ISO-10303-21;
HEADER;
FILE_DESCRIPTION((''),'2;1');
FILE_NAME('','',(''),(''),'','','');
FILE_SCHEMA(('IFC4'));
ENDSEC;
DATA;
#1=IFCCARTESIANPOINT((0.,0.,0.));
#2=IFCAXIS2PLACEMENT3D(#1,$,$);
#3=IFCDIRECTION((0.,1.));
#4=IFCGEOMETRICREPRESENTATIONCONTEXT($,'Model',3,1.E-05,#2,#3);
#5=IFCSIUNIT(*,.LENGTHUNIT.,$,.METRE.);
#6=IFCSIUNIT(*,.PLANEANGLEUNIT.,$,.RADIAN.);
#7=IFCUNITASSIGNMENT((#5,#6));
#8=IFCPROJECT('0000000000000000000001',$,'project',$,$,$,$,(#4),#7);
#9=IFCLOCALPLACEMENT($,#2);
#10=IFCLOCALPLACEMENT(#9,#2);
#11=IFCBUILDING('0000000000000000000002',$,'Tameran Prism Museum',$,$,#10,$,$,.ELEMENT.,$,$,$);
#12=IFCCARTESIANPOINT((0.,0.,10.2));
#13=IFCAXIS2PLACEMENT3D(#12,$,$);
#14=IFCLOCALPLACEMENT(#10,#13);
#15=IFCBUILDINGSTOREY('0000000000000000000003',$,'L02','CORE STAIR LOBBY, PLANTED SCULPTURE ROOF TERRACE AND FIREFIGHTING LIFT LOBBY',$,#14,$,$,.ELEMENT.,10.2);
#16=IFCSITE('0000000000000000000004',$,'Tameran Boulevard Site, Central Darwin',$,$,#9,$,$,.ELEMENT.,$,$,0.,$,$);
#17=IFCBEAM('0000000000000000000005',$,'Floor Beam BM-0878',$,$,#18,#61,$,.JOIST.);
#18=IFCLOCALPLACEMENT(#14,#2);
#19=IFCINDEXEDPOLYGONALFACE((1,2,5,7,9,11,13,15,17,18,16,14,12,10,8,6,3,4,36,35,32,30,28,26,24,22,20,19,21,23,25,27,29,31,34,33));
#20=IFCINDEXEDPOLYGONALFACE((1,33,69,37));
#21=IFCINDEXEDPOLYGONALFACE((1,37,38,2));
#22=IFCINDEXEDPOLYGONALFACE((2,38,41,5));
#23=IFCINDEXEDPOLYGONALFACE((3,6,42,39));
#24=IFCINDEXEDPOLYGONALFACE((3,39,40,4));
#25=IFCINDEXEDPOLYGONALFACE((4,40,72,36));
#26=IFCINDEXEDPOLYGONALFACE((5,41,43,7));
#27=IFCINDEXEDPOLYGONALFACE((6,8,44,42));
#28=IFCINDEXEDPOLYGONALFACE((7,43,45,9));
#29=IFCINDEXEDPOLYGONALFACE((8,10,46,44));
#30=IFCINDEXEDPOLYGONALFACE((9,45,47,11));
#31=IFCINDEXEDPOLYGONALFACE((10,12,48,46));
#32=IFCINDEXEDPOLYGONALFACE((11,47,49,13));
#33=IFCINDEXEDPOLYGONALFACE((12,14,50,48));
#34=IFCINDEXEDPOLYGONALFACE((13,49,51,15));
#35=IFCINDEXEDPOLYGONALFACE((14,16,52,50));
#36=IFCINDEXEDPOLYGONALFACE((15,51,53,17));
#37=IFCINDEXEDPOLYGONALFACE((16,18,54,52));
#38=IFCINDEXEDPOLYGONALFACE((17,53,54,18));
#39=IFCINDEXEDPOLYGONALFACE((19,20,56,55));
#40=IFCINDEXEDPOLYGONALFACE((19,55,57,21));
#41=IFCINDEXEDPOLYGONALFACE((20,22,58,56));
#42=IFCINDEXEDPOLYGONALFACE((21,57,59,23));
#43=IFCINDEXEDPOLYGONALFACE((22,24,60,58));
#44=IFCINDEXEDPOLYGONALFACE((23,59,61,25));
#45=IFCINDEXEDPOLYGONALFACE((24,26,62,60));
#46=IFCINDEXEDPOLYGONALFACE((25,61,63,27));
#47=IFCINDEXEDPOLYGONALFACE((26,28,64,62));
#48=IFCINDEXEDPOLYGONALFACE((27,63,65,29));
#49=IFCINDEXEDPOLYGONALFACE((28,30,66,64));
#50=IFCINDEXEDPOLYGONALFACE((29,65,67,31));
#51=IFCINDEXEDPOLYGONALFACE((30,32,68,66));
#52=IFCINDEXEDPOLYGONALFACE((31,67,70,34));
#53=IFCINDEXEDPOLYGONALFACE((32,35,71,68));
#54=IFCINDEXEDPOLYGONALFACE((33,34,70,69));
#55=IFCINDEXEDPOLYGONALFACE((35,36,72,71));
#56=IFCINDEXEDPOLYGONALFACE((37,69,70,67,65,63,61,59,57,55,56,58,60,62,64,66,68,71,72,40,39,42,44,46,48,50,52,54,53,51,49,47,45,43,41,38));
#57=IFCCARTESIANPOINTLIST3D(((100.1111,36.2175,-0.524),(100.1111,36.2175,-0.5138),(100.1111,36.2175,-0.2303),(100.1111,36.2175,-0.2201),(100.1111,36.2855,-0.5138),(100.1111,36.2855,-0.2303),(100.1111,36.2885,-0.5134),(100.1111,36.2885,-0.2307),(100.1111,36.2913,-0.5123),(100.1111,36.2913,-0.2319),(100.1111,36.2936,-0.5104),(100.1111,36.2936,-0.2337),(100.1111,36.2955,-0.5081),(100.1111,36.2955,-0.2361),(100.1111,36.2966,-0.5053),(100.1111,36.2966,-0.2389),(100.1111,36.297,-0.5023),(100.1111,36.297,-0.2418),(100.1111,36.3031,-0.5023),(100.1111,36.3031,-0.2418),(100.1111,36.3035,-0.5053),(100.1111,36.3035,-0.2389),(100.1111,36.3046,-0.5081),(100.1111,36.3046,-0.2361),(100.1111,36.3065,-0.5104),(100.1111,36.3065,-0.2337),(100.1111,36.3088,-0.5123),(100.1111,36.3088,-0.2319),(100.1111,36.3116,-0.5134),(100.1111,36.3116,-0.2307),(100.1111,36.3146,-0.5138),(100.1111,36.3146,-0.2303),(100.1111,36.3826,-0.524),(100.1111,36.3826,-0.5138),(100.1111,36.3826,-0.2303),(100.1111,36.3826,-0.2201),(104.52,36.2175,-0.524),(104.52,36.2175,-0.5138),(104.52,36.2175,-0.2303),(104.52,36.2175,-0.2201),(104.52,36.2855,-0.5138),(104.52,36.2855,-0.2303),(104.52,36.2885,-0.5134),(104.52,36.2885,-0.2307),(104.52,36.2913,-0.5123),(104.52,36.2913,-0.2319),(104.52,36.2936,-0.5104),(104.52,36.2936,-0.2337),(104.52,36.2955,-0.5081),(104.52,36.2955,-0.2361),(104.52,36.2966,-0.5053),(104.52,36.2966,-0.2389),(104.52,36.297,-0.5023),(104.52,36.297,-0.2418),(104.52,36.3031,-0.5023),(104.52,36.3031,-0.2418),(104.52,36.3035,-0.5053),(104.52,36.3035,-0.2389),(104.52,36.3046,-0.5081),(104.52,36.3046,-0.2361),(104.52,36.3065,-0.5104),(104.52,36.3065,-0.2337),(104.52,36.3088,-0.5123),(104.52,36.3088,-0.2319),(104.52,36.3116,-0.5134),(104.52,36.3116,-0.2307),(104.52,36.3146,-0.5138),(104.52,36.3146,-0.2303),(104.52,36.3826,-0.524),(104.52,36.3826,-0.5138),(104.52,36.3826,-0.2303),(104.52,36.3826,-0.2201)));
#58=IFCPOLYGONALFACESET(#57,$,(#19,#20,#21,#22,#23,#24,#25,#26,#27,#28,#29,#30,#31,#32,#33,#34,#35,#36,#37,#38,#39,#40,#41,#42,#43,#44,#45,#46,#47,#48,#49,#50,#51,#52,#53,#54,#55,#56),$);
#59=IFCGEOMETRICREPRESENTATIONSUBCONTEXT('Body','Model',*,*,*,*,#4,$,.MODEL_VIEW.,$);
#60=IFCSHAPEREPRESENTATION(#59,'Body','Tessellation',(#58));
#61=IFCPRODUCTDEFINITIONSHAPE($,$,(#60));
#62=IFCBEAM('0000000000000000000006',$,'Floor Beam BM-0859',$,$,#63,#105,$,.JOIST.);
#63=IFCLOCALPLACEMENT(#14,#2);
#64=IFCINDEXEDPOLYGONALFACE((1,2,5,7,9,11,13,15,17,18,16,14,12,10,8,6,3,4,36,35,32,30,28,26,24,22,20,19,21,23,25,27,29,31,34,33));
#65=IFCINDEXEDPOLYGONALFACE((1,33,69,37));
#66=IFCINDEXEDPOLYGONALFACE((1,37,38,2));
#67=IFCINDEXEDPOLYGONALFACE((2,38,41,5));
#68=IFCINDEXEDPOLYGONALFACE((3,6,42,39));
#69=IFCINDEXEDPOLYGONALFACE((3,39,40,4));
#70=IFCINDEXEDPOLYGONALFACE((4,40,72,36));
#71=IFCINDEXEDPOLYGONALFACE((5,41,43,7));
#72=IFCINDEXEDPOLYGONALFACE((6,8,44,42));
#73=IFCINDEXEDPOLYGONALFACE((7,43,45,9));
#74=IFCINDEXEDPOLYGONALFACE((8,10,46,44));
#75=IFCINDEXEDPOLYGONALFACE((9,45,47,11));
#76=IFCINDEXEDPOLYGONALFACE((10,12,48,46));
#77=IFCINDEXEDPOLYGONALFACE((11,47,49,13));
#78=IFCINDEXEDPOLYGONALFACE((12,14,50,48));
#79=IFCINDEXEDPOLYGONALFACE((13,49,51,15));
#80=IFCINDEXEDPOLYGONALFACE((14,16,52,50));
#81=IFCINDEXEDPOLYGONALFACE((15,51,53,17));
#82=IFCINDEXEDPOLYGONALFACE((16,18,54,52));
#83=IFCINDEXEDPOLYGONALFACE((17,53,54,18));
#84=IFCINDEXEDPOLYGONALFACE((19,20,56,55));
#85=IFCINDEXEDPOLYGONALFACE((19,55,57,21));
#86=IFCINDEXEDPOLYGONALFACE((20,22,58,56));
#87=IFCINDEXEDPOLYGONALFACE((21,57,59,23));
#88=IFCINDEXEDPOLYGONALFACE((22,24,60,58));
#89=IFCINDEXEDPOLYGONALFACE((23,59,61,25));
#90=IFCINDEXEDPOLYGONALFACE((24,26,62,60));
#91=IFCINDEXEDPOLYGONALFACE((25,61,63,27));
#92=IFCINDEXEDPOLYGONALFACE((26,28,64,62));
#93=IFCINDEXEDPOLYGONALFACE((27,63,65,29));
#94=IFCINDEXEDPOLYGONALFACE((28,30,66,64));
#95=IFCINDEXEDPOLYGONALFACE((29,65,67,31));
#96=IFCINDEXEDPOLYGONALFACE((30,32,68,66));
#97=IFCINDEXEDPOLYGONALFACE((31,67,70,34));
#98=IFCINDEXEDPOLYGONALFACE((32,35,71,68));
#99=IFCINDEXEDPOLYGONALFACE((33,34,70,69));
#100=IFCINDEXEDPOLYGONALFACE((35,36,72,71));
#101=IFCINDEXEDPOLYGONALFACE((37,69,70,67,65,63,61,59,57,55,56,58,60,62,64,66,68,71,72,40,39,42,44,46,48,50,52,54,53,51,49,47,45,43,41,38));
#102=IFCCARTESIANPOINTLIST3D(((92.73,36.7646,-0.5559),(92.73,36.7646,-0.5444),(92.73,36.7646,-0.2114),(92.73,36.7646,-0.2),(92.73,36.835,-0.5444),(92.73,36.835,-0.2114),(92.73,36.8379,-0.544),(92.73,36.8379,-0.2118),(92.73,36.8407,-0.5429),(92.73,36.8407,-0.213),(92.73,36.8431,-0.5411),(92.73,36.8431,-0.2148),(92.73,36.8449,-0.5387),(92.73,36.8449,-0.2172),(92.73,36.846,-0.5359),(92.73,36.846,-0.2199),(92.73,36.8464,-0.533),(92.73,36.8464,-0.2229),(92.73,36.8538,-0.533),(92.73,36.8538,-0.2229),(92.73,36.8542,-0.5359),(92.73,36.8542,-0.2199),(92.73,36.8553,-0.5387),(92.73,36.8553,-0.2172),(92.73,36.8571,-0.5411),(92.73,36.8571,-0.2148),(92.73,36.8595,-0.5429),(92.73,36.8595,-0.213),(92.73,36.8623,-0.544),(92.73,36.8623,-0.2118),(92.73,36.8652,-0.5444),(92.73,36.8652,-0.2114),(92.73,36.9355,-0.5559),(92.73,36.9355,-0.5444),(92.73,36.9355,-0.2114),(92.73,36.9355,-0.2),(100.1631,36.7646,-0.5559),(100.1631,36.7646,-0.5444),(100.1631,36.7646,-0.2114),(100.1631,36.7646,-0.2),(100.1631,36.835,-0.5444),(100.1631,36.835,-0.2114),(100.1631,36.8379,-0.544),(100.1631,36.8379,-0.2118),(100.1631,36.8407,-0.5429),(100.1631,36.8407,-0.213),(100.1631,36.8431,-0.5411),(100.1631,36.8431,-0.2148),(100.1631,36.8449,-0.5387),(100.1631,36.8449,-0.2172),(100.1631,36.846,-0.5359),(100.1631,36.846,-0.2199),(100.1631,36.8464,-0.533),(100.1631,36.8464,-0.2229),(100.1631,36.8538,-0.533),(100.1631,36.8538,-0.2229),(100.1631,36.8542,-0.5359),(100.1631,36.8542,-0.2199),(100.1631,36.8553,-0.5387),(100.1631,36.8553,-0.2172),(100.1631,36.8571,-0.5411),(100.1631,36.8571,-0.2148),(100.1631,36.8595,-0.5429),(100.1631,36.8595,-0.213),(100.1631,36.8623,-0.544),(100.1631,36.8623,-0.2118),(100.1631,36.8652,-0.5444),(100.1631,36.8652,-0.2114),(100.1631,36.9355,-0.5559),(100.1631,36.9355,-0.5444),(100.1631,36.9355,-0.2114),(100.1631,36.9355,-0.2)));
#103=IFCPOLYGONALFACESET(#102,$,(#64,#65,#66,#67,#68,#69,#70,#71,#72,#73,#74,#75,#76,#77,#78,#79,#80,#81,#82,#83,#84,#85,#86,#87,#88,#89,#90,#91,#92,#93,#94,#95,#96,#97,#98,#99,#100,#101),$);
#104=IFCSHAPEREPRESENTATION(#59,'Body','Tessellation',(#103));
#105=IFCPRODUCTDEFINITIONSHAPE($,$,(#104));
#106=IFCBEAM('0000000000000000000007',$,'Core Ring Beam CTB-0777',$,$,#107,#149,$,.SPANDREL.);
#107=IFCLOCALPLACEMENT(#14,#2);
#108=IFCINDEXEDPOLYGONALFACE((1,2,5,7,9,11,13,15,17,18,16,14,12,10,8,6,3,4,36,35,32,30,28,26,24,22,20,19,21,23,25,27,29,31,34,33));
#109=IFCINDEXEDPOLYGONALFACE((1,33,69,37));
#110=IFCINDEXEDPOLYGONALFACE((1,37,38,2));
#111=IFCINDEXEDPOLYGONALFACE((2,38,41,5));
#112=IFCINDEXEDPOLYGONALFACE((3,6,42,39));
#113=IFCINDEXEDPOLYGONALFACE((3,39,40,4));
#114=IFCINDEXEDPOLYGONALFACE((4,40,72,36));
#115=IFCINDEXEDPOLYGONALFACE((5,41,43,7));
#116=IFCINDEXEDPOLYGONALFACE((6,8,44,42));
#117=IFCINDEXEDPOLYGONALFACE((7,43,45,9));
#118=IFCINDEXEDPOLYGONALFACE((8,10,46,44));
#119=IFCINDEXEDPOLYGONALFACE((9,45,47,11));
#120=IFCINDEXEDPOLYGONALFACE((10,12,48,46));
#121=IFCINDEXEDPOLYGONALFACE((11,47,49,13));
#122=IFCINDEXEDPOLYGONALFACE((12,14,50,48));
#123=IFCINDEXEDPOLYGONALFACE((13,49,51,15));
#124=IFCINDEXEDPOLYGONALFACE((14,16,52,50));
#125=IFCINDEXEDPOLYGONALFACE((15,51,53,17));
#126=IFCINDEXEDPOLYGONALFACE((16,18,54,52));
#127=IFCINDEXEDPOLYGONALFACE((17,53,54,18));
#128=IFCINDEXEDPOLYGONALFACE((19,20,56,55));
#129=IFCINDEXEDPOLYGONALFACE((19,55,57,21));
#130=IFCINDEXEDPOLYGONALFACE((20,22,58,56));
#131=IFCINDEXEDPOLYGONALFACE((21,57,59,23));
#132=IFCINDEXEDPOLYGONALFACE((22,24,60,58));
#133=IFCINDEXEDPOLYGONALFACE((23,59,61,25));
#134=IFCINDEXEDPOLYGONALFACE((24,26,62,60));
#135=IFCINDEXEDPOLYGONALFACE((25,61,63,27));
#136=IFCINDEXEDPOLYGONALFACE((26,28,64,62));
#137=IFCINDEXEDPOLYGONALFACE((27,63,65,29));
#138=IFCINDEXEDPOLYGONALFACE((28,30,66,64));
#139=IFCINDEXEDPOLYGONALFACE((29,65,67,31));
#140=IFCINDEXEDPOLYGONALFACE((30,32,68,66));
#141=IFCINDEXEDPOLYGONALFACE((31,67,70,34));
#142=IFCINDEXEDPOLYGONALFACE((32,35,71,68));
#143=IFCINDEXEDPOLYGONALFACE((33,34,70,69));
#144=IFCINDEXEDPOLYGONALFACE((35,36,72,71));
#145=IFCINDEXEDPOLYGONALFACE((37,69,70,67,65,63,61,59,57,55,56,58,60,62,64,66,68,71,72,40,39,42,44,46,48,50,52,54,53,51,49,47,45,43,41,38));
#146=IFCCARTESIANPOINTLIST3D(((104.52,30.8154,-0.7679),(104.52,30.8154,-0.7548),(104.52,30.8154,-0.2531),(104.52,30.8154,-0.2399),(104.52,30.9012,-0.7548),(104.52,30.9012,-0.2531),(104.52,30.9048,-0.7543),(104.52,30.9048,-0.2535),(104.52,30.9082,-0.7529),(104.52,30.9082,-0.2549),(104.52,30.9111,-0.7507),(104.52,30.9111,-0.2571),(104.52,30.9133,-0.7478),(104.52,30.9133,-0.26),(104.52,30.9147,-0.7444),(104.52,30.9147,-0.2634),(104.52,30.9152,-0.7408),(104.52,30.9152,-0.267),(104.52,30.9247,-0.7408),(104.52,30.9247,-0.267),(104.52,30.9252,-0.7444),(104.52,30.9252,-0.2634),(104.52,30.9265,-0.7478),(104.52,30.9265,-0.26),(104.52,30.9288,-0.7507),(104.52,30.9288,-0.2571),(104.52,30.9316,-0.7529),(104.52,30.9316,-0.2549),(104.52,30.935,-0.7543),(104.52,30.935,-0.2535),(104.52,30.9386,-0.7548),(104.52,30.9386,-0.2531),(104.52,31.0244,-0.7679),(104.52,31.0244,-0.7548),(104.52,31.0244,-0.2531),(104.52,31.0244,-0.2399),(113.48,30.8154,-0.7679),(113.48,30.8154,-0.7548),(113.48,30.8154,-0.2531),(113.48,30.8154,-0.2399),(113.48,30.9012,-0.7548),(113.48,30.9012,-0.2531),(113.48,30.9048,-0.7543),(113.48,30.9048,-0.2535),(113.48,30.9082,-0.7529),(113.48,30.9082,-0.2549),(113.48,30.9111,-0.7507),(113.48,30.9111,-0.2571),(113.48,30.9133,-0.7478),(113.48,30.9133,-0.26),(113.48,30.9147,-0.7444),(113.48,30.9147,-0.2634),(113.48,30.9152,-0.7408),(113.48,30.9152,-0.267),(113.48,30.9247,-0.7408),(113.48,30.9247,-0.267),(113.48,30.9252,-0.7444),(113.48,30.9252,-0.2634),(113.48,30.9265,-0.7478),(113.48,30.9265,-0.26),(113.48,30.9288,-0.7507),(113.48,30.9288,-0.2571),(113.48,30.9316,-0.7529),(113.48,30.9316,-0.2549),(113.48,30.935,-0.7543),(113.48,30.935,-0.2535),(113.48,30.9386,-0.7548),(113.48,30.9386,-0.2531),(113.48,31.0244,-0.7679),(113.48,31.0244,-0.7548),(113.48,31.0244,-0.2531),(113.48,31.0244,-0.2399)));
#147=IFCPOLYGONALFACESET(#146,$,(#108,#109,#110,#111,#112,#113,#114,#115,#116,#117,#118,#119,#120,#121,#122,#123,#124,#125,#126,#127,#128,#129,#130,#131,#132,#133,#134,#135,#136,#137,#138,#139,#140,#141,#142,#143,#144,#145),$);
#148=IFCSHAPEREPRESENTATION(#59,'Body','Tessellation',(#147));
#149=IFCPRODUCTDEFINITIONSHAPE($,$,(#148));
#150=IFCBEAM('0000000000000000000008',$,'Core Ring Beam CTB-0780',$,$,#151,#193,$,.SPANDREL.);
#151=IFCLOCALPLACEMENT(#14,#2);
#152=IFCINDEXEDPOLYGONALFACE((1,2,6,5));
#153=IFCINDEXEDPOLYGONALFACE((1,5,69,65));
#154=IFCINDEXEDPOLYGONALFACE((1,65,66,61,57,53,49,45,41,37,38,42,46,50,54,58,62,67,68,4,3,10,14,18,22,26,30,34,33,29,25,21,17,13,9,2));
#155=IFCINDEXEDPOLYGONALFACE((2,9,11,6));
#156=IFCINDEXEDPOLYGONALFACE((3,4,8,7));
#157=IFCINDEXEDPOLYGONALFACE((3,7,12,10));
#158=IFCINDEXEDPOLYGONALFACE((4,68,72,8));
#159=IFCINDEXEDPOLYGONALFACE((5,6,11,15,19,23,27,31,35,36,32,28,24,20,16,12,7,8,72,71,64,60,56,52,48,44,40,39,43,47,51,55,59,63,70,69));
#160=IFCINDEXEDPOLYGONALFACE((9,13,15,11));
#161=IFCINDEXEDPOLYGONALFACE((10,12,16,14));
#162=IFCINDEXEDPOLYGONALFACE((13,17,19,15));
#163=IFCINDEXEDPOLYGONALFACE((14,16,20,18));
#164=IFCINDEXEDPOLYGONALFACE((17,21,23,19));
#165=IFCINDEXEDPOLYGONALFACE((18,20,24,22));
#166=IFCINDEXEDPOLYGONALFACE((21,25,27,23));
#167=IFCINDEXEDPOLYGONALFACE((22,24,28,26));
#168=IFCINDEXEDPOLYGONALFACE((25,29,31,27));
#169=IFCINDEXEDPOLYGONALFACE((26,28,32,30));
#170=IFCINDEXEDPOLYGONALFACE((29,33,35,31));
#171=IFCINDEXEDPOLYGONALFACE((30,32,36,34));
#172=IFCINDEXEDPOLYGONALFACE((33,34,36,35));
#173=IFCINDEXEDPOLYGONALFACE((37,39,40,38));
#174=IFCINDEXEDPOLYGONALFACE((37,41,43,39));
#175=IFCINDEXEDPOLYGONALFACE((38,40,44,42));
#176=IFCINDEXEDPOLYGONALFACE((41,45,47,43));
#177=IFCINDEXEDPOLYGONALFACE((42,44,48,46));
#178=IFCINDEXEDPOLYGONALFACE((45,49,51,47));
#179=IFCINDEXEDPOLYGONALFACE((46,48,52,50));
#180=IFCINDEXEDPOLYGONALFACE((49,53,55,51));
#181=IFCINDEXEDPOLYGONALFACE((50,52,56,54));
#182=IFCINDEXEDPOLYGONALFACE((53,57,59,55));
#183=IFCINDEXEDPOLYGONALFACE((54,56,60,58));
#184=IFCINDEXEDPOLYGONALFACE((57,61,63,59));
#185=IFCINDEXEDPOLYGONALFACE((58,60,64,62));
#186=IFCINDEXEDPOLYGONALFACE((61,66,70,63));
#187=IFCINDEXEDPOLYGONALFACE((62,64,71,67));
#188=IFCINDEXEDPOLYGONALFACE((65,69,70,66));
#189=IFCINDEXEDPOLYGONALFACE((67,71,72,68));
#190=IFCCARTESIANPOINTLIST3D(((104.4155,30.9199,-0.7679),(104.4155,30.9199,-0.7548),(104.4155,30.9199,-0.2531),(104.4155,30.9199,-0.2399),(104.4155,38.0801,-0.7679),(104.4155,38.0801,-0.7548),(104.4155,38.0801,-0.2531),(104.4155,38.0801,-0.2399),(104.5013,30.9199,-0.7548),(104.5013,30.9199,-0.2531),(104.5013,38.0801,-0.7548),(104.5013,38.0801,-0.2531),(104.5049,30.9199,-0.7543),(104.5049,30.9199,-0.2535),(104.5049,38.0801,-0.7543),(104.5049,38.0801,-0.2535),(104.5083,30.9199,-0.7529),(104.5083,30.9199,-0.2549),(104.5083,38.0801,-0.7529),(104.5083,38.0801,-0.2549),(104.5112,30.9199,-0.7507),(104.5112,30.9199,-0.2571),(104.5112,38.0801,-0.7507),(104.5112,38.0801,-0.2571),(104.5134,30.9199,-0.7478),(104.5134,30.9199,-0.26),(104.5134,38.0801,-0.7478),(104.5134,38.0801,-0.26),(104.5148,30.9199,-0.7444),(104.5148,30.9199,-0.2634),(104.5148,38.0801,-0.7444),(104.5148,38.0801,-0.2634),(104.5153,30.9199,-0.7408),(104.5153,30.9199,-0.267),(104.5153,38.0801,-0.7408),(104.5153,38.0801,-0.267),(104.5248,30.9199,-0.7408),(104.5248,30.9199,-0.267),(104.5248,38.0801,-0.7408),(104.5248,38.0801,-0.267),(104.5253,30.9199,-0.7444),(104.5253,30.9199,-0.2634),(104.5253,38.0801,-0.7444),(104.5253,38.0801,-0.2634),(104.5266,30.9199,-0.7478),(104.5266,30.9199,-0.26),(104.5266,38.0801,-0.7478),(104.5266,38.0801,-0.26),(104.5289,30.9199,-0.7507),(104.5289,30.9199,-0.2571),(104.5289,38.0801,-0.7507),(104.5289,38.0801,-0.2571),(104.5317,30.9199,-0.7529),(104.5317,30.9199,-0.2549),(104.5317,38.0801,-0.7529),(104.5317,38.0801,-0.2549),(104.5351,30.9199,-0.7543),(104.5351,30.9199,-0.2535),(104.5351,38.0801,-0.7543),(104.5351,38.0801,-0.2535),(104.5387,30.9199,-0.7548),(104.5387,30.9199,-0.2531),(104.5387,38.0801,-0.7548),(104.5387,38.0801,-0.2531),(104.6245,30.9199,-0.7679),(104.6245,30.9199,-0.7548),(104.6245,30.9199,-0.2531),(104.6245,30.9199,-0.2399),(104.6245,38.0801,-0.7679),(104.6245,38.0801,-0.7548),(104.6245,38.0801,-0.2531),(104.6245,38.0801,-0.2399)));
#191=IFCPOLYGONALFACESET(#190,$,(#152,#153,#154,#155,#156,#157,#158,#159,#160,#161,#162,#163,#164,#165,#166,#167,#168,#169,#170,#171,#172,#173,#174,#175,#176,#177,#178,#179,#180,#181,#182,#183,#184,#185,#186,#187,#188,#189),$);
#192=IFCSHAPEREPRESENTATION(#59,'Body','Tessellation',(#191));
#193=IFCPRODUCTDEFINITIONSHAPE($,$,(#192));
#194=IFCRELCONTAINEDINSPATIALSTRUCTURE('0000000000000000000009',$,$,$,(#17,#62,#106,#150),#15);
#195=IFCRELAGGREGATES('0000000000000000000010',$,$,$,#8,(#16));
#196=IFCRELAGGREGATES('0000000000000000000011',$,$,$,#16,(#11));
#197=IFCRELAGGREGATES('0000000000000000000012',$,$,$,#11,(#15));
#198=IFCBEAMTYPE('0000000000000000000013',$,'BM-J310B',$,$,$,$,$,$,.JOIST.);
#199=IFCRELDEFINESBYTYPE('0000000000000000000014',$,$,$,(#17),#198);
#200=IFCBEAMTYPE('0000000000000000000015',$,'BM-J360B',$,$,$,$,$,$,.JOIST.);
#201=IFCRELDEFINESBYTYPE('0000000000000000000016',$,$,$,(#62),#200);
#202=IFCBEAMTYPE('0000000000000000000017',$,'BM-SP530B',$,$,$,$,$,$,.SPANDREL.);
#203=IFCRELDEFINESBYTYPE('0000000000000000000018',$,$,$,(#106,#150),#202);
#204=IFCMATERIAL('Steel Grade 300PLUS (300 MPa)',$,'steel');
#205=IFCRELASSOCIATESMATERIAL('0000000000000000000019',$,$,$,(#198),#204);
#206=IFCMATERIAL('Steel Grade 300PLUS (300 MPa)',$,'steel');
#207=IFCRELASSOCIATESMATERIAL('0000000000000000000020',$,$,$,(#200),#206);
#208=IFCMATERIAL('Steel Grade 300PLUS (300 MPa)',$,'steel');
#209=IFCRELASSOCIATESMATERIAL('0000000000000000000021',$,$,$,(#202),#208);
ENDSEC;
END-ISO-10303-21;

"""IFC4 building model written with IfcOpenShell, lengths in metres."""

from ifc_helpers import new_model, si_unit, direction, frame, origin, origin_2d, place, context, subcontext, project, spatial, i_section, extrude, material, material_profile, profile_set, type_object, element, save


model = new_model("IFC4")

# Units and contexts
model_context = context("Model", 3, precision=1e-05, world=origin(), true_north=direction((0.0, 1.0)))
body_context = subcontext(model_context, "Body", "Model", "MODEL_VIEW")
ifc_project = project(units=[si_unit("LENGTHUNIT", "METRE"), si_unit("PLANEANGLEUNIT", "RADIAN")], contexts=[model_context])

# Site, building, storey
site_placement = place(None, origin())
site = spatial("IfcSite", under=ifc_project, at=site_placement, Name="Tameran Boulevard Site, Central Darwin", CompositionType="ELEMENT", RefElevation=0.0)
building_placement = place(site_placement, origin())
building = spatial("IfcBuilding", under=site, at=building_placement, Name="Tameran Prism Museum", CompositionType="ELEMENT")
storey_placement = place(building_placement, frame((0.0, 0.0, 10.2)))
storey = spatial("IfcBuildingStorey", under=building, at=storey_placement, Name="L02", Description="CORE STAIR LOBBY, PLANTED SCULPTURE ROOF TERRACE AND FIREFIGHTING LIFT LOBBY", CompositionType="ELEMENT", Elevation=10.2)

# Beams
ifc_material_1 = material(Name="Steel Grade 300PLUS (300 MPa)", Category="steel")
ifc_material_profile_1 = material_profile(ifc_material_1, i_section(OverallWidth=0.165, OverallDepth=0.304, WebThickness=0.0061, FlangeThickness=0.0103, FilletRadius=0.0115, at=origin_2d()))
ifc_profile_set_1 = profile_set([ifc_material_profile_1])
beam_type_1 = type_object("IfcBeamType", Name="BM-J310B", PredefinedType="JOIST", material=ifc_profile_set_1)
beam_1_placement = place(storey_placement, frame((100.1111, 36.3, -0.3721), z_axis=(1.0, 0.0, 0.0), x_axis=(0.0, 1.0, 0.0)))
element("IfcBeam", 1, at=beam_1_placement, inside=storey, type_object=beam_type_1, Name="Floor Beam BM-0878", PredefinedType="JOIST", context=body_context, shape_type="SweptSolid", body=[
    extrude(i_section(OverallWidth=0.165, OverallDepth=0.304, WebThickness=0.0061, FlangeThickness=0.0103, FilletRadius=0.0115, at=origin_2d()), origin(), (0.0, 0.0, 1.0), 4.4089),
])
ifc_material_2 = material(Name="Steel Grade 300PLUS (300 MPa)", Category="steel")
ifc_material_profile_2 = material_profile(ifc_material_2, i_section(OverallWidth=0.1709, OverallDepth=0.356, WebThickness=0.0073, FlangeThickness=0.0115, FilletRadius=0.0115, at=origin_2d()))
ifc_profile_set_2 = profile_set([ifc_material_profile_2])
beam_type_2 = type_object("IfcBeamType", Name="BM-J360B", PredefinedType="JOIST", material=ifc_profile_set_2)
beam_2_placement = place(storey_placement, frame((92.73, 36.8501, -0.3779), z_axis=(1.0, 0.0, 0.0), x_axis=(0.0, 1.0, 0.0)))
element("IfcBeam", 2, at=beam_2_placement, inside=storey, type_object=beam_type_2, Name="Floor Beam BM-0859", PredefinedType="JOIST", context=body_context, shape_type="SweptSolid", body=[
    extrude(i_section(OverallWidth=0.1709, OverallDepth=0.356, WebThickness=0.0073, FlangeThickness=0.0115, FilletRadius=0.0115, at=origin_2d()), origin(), (0.0, 0.0, 1.0), 7.4331),
])
ifc_material_3 = material(Name="Steel Grade 300PLUS (300 MPa)", Category="steel")
ifc_material_profile_3 = material_profile(ifc_material_3, i_section(OverallWidth=0.209, OverallDepth=0.5281, WebThickness=0.0095, FlangeThickness=0.0132, FilletRadius=0.0139, at=origin_2d()))
ifc_profile_set_3 = profile_set([ifc_material_profile_3])
beam_type_3 = type_object("IfcBeamType", Name="BM-SP530B", PredefinedType="SPANDREL", material=ifc_profile_set_3)
beam_3_placement = place(storey_placement, frame((104.52, 30.9199, -0.5039), z_axis=(1.0, 0.0, 0.0), x_axis=(0.0, 1.0, 0.0)))
element("IfcBeam", 3, at=beam_3_placement, inside=storey, type_object=beam_type_3, Name="Core Ring Beam CTB-0777", PredefinedType="SPANDREL", context=body_context, shape_type="SweptSolid", body=[
    extrude(i_section(OverallWidth=0.209, OverallDepth=0.5281, WebThickness=0.0095, FlangeThickness=0.0132, FilletRadius=0.0139, at=origin_2d()), origin(), (0.0, 0.0, 1.0), 8.96),
])
beam_4_placement = place(storey_placement, frame((104.52, 38.0801, -0.5039), z_axis=(0.0, -1.0, 0.0), x_axis=(1.0, 0.0, 0.0)))
element("IfcBeam", 4, at=beam_4_placement, inside=storey, type_object=beam_type_3, Name="Core Ring Beam CTB-0780", PredefinedType="SPANDREL", context=body_context, shape_type="SweptSolid", body=[
    extrude(i_section(OverallWidth=0.209, OverallDepth=0.5281, WebThickness=0.0095, FlangeThickness=0.0132, FilletRadius=0.0139, at=origin_2d()), origin(), (0.0, 0.0, 1.0), 7.1602),
])

save(model, "model.ifc")
